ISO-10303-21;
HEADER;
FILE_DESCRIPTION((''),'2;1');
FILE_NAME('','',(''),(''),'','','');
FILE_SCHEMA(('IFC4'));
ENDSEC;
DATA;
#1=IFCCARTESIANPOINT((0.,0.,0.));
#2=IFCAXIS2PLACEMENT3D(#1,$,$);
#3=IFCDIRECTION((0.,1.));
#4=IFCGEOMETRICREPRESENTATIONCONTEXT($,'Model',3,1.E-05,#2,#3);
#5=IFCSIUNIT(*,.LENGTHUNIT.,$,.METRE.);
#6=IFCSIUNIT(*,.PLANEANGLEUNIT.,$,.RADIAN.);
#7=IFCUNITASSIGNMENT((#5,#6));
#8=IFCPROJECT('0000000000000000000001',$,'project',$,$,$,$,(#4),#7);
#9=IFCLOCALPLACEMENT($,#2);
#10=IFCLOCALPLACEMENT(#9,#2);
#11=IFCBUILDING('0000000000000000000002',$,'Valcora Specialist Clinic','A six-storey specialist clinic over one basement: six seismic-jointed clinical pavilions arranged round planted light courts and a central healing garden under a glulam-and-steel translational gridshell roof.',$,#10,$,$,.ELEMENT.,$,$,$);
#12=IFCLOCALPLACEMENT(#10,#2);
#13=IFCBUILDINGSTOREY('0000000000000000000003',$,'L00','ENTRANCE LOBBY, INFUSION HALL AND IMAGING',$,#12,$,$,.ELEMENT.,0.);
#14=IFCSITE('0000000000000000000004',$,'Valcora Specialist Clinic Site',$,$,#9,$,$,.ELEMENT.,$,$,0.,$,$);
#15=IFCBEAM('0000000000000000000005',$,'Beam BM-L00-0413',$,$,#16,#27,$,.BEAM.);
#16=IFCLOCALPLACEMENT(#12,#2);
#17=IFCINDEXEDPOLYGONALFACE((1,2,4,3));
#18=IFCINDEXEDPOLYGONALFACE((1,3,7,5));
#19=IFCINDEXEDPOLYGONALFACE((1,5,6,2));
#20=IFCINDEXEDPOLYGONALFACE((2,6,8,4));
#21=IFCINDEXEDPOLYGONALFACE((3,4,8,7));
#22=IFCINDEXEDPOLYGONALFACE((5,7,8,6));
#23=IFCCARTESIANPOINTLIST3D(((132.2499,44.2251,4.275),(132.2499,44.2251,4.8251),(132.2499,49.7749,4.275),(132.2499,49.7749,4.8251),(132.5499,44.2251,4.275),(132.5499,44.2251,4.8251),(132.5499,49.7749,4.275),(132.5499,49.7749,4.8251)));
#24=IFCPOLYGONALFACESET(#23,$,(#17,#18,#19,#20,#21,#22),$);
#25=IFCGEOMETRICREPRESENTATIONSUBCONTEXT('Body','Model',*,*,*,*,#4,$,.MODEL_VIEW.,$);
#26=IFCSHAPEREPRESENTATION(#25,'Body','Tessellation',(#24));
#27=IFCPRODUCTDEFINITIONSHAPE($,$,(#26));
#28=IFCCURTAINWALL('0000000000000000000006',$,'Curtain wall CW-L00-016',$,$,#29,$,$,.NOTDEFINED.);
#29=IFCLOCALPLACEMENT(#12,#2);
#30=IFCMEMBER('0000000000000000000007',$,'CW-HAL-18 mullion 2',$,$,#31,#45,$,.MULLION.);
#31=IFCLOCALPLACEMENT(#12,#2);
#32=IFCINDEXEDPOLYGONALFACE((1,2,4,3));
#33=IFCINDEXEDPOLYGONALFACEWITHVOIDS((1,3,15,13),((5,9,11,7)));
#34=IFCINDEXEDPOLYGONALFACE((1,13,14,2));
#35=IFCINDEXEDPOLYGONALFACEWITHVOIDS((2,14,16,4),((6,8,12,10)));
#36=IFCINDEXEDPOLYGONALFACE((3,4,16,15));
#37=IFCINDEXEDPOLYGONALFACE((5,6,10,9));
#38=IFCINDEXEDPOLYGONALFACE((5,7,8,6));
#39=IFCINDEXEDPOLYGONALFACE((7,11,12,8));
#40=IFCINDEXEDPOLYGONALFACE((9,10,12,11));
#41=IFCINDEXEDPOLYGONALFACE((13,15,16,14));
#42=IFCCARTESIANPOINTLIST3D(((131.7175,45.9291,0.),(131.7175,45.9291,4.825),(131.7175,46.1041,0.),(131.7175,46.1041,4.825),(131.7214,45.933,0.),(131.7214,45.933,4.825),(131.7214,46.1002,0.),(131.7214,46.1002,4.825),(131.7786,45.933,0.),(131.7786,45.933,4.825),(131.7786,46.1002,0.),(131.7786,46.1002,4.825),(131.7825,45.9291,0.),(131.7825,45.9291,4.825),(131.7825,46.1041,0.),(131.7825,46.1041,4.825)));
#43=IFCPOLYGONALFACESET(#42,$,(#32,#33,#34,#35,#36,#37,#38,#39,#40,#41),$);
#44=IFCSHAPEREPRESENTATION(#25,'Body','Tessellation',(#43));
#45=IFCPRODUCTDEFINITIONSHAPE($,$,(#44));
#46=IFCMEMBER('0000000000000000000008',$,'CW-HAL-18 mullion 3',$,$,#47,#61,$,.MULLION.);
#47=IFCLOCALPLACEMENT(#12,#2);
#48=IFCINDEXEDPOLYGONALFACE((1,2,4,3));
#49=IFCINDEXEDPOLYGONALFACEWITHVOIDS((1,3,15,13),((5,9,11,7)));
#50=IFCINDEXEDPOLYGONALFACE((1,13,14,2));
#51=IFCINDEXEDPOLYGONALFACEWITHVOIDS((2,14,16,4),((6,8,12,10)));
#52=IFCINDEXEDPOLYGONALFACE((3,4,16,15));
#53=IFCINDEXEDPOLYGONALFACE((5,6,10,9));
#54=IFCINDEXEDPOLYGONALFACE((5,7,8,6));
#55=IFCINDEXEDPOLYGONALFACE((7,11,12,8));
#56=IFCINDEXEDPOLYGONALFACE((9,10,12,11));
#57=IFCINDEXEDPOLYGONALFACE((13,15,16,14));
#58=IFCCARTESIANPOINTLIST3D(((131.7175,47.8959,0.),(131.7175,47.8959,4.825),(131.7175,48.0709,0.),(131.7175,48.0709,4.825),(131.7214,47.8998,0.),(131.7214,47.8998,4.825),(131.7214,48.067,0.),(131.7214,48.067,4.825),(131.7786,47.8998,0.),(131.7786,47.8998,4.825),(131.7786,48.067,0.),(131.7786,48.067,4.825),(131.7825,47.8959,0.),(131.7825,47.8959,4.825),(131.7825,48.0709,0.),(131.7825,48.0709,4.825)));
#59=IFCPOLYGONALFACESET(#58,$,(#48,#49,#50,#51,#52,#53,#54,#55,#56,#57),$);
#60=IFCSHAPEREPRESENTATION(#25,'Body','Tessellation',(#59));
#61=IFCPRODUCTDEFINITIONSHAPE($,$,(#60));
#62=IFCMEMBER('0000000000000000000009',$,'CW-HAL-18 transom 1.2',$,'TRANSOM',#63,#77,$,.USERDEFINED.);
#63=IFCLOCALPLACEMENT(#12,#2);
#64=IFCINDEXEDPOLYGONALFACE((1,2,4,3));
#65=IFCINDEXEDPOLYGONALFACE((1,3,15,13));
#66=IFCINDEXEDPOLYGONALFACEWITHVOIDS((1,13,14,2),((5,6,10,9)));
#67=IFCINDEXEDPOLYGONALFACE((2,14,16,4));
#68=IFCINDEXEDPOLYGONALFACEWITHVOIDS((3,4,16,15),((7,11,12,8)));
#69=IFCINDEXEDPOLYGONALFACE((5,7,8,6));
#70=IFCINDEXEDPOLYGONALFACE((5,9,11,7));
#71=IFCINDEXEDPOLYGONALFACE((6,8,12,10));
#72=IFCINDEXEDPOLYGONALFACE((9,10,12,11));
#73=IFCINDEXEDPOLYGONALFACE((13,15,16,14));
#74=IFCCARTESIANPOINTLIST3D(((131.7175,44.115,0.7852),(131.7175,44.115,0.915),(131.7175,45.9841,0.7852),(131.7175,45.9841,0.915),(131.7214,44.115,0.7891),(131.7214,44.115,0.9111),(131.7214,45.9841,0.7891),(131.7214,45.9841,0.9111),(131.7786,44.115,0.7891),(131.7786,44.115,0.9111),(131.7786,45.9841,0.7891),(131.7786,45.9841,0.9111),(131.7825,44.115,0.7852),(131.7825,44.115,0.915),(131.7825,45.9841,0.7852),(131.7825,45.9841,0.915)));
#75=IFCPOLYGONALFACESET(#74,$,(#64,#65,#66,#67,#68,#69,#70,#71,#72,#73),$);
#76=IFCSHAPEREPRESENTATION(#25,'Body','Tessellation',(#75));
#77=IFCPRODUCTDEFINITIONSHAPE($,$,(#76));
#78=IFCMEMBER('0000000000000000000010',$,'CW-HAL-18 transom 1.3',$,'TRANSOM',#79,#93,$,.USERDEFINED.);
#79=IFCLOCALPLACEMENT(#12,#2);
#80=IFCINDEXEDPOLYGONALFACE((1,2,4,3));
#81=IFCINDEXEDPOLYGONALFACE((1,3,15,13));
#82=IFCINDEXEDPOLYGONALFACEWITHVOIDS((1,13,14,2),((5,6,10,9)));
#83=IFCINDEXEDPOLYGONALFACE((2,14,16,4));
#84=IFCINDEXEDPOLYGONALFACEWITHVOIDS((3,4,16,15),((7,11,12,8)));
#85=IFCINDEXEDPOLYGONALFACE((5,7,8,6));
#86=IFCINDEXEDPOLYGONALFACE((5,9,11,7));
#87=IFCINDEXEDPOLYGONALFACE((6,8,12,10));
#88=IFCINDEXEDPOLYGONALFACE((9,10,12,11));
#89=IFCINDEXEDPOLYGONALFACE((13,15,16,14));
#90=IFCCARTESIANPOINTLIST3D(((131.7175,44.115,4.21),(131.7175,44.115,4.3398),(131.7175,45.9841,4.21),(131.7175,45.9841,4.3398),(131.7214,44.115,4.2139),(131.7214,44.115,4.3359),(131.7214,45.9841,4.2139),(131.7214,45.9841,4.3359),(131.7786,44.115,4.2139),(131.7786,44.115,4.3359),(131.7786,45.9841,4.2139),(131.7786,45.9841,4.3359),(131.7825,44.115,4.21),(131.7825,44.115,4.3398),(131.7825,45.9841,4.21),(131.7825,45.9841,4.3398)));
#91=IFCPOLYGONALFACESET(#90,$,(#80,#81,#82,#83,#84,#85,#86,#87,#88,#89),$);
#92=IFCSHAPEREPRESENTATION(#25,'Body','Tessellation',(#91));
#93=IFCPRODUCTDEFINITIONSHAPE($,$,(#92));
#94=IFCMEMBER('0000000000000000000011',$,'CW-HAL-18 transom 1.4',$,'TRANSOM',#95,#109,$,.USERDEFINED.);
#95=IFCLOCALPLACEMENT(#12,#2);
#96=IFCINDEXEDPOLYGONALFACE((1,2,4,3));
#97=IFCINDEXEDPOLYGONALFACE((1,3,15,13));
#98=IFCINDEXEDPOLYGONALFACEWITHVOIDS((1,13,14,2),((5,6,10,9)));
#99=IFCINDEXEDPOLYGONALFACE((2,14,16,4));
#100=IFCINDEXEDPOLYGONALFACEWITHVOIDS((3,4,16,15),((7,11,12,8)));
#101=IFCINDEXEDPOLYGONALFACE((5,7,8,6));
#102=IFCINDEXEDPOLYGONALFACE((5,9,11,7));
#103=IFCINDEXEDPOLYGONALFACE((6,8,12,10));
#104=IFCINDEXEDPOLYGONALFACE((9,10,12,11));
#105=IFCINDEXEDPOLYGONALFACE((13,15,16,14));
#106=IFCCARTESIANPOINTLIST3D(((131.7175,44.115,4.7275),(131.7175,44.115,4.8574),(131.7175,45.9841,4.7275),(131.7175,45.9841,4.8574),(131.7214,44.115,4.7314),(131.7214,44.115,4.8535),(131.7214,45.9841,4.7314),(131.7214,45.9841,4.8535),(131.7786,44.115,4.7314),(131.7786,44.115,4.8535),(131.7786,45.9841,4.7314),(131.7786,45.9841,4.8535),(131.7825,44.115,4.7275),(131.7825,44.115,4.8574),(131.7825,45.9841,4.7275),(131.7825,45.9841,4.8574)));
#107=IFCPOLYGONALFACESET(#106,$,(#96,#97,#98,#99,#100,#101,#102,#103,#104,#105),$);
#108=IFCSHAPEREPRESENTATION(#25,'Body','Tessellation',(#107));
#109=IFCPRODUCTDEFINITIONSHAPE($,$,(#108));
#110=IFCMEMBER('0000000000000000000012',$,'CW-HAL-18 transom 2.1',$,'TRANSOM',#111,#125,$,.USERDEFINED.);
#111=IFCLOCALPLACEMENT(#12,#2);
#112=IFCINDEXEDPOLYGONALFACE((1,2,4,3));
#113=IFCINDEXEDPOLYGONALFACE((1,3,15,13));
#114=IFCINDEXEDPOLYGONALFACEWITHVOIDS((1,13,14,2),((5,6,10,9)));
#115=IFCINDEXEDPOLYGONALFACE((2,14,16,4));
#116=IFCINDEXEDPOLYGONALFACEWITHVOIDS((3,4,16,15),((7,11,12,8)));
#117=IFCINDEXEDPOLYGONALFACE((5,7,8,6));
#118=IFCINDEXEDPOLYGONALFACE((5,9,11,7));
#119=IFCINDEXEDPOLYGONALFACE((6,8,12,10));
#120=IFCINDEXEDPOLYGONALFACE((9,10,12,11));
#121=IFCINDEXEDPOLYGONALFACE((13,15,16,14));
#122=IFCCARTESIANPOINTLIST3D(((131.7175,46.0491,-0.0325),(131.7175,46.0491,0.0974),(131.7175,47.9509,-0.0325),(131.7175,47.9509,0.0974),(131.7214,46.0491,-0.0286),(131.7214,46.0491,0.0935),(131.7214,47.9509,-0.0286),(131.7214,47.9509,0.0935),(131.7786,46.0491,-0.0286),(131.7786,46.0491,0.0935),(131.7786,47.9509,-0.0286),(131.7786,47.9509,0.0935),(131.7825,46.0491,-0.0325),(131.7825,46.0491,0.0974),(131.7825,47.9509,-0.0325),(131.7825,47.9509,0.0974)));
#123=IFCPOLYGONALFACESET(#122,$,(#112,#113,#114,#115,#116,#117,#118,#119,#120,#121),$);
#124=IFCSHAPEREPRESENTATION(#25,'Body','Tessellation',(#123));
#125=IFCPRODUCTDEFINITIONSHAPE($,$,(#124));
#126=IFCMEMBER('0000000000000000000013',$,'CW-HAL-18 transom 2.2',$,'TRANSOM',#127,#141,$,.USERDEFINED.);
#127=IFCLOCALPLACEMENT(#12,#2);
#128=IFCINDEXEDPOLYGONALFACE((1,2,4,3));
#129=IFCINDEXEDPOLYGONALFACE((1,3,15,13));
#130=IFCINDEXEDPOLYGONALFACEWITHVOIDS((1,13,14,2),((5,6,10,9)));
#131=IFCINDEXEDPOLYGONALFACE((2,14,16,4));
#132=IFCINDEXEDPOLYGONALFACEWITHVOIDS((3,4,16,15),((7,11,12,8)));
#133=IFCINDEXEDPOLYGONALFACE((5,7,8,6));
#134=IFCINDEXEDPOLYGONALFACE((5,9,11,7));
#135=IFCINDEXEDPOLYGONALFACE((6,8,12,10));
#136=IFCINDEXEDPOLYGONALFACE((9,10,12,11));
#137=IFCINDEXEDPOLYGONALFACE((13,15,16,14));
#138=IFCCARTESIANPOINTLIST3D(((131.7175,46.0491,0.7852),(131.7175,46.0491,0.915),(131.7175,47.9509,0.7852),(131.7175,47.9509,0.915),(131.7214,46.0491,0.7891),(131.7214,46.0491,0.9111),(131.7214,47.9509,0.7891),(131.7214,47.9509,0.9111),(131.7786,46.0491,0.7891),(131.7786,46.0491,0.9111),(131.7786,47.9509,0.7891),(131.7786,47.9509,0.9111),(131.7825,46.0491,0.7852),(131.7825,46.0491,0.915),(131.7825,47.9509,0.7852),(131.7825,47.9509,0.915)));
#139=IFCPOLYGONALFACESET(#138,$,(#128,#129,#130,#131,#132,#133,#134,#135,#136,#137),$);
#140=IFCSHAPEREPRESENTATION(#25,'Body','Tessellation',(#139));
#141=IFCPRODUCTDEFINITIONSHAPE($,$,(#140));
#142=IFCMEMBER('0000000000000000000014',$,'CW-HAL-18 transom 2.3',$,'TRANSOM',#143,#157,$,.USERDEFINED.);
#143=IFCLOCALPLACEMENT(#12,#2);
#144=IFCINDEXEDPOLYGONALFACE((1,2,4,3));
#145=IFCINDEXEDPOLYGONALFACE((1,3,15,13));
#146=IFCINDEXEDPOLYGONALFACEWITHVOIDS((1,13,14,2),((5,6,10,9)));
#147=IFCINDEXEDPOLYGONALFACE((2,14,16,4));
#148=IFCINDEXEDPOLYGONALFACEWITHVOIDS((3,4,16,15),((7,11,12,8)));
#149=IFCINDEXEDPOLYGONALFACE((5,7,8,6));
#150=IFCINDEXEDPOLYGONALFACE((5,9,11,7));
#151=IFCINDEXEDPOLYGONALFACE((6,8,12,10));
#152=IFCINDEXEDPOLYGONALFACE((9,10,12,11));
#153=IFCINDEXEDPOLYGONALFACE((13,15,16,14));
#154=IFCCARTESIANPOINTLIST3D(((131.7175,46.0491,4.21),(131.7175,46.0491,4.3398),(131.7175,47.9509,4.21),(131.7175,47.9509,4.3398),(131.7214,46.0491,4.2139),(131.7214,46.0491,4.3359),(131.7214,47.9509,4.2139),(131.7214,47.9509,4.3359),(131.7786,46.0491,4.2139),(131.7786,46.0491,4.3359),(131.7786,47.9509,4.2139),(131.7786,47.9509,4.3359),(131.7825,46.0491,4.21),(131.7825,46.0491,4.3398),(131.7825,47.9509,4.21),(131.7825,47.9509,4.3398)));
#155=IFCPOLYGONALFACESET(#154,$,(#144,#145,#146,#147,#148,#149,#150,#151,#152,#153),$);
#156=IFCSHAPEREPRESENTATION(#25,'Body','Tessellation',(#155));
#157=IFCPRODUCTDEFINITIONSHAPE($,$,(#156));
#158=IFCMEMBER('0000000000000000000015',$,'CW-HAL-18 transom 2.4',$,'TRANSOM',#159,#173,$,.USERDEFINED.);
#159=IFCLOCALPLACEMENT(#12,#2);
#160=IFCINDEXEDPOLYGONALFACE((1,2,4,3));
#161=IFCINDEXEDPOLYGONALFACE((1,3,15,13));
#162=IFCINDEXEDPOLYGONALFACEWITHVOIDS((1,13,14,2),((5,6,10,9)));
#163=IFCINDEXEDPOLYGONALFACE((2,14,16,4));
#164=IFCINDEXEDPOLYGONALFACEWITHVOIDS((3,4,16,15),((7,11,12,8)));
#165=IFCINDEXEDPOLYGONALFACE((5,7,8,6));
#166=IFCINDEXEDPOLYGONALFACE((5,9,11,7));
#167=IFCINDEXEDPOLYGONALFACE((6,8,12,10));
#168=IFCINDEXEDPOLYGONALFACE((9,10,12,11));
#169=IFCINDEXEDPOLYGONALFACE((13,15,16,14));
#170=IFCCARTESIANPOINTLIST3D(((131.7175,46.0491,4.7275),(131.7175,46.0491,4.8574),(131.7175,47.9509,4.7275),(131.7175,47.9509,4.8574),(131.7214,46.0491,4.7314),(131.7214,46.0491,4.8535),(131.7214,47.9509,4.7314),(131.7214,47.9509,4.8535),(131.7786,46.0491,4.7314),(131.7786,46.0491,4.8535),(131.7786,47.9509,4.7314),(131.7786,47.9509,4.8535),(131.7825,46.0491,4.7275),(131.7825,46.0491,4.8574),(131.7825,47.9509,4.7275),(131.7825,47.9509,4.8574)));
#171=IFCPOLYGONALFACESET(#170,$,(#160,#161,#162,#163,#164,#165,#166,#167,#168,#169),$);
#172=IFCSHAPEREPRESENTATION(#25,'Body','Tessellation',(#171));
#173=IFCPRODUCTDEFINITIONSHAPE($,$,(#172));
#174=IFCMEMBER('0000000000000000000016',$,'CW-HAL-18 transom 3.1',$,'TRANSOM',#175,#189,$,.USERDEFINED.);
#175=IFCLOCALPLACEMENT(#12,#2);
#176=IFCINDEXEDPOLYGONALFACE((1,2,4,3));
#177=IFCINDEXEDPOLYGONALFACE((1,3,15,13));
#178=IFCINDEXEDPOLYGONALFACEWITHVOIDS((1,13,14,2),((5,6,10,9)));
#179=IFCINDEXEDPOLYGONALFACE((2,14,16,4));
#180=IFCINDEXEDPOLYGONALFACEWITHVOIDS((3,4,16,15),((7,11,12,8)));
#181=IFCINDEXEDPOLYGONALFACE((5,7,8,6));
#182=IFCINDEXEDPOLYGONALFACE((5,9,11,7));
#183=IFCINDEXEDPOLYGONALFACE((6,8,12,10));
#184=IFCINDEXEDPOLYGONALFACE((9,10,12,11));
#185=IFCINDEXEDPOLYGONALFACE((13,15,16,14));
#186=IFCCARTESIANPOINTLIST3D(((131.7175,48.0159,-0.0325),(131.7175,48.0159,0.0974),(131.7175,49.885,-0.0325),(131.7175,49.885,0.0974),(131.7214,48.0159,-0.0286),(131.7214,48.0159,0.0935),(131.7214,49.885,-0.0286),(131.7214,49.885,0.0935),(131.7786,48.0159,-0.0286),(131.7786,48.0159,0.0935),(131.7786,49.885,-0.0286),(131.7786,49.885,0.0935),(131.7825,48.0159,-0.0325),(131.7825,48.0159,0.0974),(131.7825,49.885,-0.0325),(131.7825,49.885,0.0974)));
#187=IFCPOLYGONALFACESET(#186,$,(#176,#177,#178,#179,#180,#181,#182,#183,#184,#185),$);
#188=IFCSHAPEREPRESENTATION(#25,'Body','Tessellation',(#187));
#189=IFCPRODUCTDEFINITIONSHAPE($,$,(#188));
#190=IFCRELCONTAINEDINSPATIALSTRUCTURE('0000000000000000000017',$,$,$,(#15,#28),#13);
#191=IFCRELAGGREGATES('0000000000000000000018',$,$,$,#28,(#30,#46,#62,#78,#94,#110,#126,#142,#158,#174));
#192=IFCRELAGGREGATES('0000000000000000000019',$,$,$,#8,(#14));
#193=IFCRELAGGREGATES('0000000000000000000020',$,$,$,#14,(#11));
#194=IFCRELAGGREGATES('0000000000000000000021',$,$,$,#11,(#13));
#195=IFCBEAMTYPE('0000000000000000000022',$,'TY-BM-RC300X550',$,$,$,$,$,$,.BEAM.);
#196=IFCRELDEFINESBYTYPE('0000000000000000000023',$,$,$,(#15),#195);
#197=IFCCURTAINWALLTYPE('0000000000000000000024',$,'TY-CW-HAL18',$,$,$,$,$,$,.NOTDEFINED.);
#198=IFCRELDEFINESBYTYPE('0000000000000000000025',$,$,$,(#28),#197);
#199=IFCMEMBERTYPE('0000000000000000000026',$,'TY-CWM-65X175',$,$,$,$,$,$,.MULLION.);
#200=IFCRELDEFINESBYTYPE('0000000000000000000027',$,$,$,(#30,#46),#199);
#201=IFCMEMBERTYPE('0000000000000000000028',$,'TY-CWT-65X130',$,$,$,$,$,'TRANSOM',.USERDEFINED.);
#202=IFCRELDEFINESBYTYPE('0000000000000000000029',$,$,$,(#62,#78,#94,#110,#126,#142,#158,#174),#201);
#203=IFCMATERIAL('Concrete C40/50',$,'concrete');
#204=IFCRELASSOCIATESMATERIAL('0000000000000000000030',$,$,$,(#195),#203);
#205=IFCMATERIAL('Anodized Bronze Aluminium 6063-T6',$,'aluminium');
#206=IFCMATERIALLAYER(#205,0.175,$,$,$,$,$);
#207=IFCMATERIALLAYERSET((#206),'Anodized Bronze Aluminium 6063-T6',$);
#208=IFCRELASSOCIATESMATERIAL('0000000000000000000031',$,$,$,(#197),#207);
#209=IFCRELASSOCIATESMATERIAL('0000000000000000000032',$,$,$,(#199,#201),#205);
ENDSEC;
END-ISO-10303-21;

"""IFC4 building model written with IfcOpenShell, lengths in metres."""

from ifc_helpers import new_model, si_unit, direction, frame, origin, origin_2d, place, context, subcontext, project, spatial, rectangle, hollow_rectangle, extrude, material, layer, layer_set, material_profile, profile_set, type_object, element, aggregate, save


model = new_model("IFC4")

# Units and contexts
model_context = context("Model", 3, precision=1e-05, world=origin(), true_north=direction((0.0, 1.0)))
body_context = subcontext(model_context, "Body", "Model", "MODEL_VIEW")
ifc_project = project(units=[si_unit("LENGTHUNIT", "METRE"), si_unit("PLANEANGLEUNIT", "RADIAN")], contexts=[model_context])

# Site, building, storey
site_placement = place(None, origin())
site = spatial("IfcSite", under=ifc_project, at=site_placement, Name="Valcora Specialist Clinic Site", CompositionType="ELEMENT", RefElevation=0.0)
building_placement = place(site_placement, origin())
building = spatial("IfcBuilding", under=site, at=building_placement, Name="Valcora Specialist Clinic", Description="A six-storey specialist clinic over one basement: six seismic-jointed clinical pavilions arranged round planted light courts and a central healing garden under a glulam-and-steel translational gridshell roof.", CompositionType="ELEMENT")
storey_placement = place(building_placement, origin())
storey = spatial("IfcBuildingStorey", under=building, at=storey_placement, Name="L00", Description="ENTRANCE LOBBY, INFUSION HALL AND IMAGING", CompositionType="ELEMENT", Elevation=0.0)

# Beam
ifc_material_1 = material(Name="Concrete C40/50", Category="concrete")
ifc_material_profile_1 = material_profile(ifc_material_1, rectangle(XDim=0.3, YDim=0.55, at=origin_2d()), Name="RC-BM-300X550")
ifc_profile_set_1 = profile_set([ifc_material_profile_1], Name="Concrete C40/50")
beam_type = type_object("IfcBeamType", Name="TY-BM-RC300X550", PredefinedType="BEAM", material=ifc_profile_set_1)
beam_placement = place(storey_placement, frame((132.3999, 44.2251, 4.55), z_axis=(0.0, 1.0, 0.0), x_axis=(-1.0, 0.0, 0.0)))
element("IfcBeam", 1, at=beam_placement, inside=storey, type_object=beam_type, Name="Beam BM-L00-0413", PredefinedType="BEAM", context=body_context, shape_type="SweptSolid", body=[
    extrude(rectangle(XDim=0.3, YDim=0.55, at=origin_2d()), origin(), (0.0, 0.0, 1.0), 5.5498),
])

# Curtain wall, members
ifc_material_2 = material(Name="Anodized Bronze Aluminium 6063-T6", Category="aluminium")
ifc_layer_1 = layer(ifc_material_2, 0.175)
ifc_layer_set_1 = layer_set([ifc_layer_1], Name="Anodized Bronze Aluminium 6063-T6")
curtain_wall_type = type_object("IfcCurtainWallType", Name="TY-CW-HAL18", PredefinedType="NOTDEFINED", material=ifc_layer_set_1)
curtain_wall_placement = place(storey_placement, origin())
curtain_wall = element("IfcCurtainWall", 2, at=curtain_wall_placement, inside=storey, type_object=curtain_wall_type, Name="Curtain wall CW-L00-016", PredefinedType="NOTDEFINED")
ifc_material_profile_2 = material_profile(ifc_material_2, hollow_rectangle(XDim=0.0649, YDim=0.175, WallThickness=0.0039, at=origin_2d()), Name="AL-MUL-65X175")
ifc_profile_set_2 = profile_set([ifc_material_profile_2], Name="Anodized Bronze Aluminium 6063-T6")
member_type_1 = type_object("IfcMemberType", Name="TY-CWM-65X175", PredefinedType="MULLION", material=ifc_profile_set_2)
member_1_placement = place(storey_placement, frame((131.75, 46.0166, 0.0), z_axis=(0.0, 0.0, 1.0), x_axis=(-1.0, 0.0, 0.0)))
member_1 = element("IfcMember", 3, at=member_1_placement, type_object=member_type_1, Name="CW-HAL-18 mullion 2", PredefinedType="MULLION", context=body_context, shape_type="SweptSolid", body=[
    extrude(hollow_rectangle(XDim=0.0649, YDim=0.175, WallThickness=0.0039, at=origin_2d()), origin(), (0.0, 0.0, 1.0), 4.825),
])
member_2_placement = place(storey_placement, frame((131.75, 47.9834, 0.0), z_axis=(0.0, 0.0, 1.0), x_axis=(-1.0, 0.0, 0.0)))
member_2 = element("IfcMember", 4, at=member_2_placement, type_object=member_type_1, Name="CW-HAL-18 mullion 3", PredefinedType="MULLION", context=body_context, shape_type="SweptSolid", body=[
    extrude(hollow_rectangle(XDim=0.0649, YDim=0.175, WallThickness=0.0039, at=origin_2d()), origin(), (0.0, 0.0, 1.0), 4.825),
])
ifc_material_profile_3 = material_profile(ifc_material_2, hollow_rectangle(XDim=0.0649, YDim=0.1299, WallThickness=0.0039, at=origin_2d()), Name="AL-TRN-65X130")
ifc_profile_set_3 = profile_set([ifc_material_profile_3], Name="Anodized Bronze Aluminium 6063-T6")
member_type_2 = type_object("IfcMemberType", Name="TY-CWT-65X130", ElementType="TRANSOM", PredefinedType="USERDEFINED", material=ifc_profile_set_3)
member_3_placement = place(storey_placement, frame((131.75, 44.115, 0.8501), z_axis=(0.0, 1.0, 0.0), x_axis=(-1.0, 0.0, 0.0)))
member_3 = element("IfcMember", 5, at=member_3_placement, type_object=member_type_2, Name="CW-HAL-18 transom 1.2", ObjectType="TRANSOM", PredefinedType="USERDEFINED", context=body_context, shape_type="SweptSolid", body=[
    extrude(hollow_rectangle(XDim=0.0649, YDim=0.1299, WallThickness=0.0039, at=origin_2d()), origin(), (0.0, 0.0, 1.0), 1.8691),
])
member_4_placement = place(storey_placement, frame((131.75, 44.115, 4.2749), z_axis=(0.0, 1.0, 0.0), x_axis=(-1.0, 0.0, 0.0)))
member_4 = element("IfcMember", 6, at=member_4_placement, type_object=member_type_2, Name="CW-HAL-18 transom 1.3", ObjectType="TRANSOM", PredefinedType="USERDEFINED", context=body_context, shape_type="SweptSolid", body=[
    extrude(hollow_rectangle(XDim=0.0649, YDim=0.1299, WallThickness=0.0039, at=origin_2d()), origin(), (0.0, 0.0, 1.0), 1.8691),
])
member_5_placement = place(storey_placement, frame((131.75, 44.115, 4.7925), z_axis=(0.0, 1.0, 0.0), x_axis=(-1.0, 0.0, 0.0)))
member_5 = element("IfcMember", 7, at=member_5_placement, type_object=member_type_2, Name="CW-HAL-18 transom 1.4", ObjectType="TRANSOM", PredefinedType="USERDEFINED", context=body_context, shape_type="SweptSolid", body=[
    extrude(hollow_rectangle(XDim=0.0649, YDim=0.1299, WallThickness=0.0039, at=origin_2d()), origin(), (0.0, 0.0, 1.0), 1.8691),
])
member_6_placement = place(storey_placement, frame((131.75, 46.0491, 0.0325), z_axis=(0.0, 1.0, 0.0), x_axis=(-1.0, 0.0, 0.0)))
member_6 = element("IfcMember", 8, at=member_6_placement, type_object=member_type_2, Name="CW-HAL-18 transom 2.1", ObjectType="TRANSOM", PredefinedType="USERDEFINED", context=body_context, shape_type="SweptSolid", body=[
    extrude(hollow_rectangle(XDim=0.0649, YDim=0.1299, WallThickness=0.0039, at=origin_2d()), origin(), (0.0, 0.0, 1.0), 1.9019),
])
member_7_placement = place(storey_placement, frame((131.75, 46.0491, 0.8501), z_axis=(0.0, 1.0, 0.0), x_axis=(-1.0, 0.0, 0.0)))
member_7 = element("IfcMember", 9, at=member_7_placement, type_object=member_type_2, Name="CW-HAL-18 transom 2.2", ObjectType="TRANSOM", PredefinedType="USERDEFINED", context=body_context, shape_type="SweptSolid", body=[
    extrude(hollow_rectangle(XDim=0.0649, YDim=0.1299, WallThickness=0.0039, at=origin_2d()), origin(), (0.0, 0.0, 1.0), 1.9019),
])
member_8_placement = place(storey_placement, frame((131.75, 46.0491, 4.2749), z_axis=(0.0, 1.0, 0.0), x_axis=(-1.0, 0.0, 0.0)))
member_8 = element("IfcMember", 10, at=member_8_placement, type_object=member_type_2, Name="CW-HAL-18 transom 2.3", ObjectType="TRANSOM", PredefinedType="USERDEFINED", context=body_context, shape_type="SweptSolid", body=[
    extrude(hollow_rectangle(XDim=0.0649, YDim=0.1299, WallThickness=0.0039, at=origin_2d()), origin(), (0.0, 0.0, 1.0), 1.9019),
])
member_9_placement = place(storey_placement, frame((131.75, 46.0491, 4.7925), z_axis=(0.0, 1.0, 0.0), x_axis=(-1.0, 0.0, 0.0)))
member_9 = element("IfcMember", 11, at=member_9_placement, type_object=member_type_2, Name="CW-HAL-18 transom 2.4", ObjectType="TRANSOM", PredefinedType="USERDEFINED", context=body_context, shape_type="SweptSolid", body=[
    extrude(hollow_rectangle(XDim=0.0649, YDim=0.1299, WallThickness=0.0039, at=origin_2d()), origin(), (0.0, 0.0, 1.0), 1.9019),
])
member_10_placement = place(storey_placement, frame((131.75, 48.0159, 0.0325), z_axis=(0.0, 1.0, 0.0), x_axis=(-1.0, 0.0, 0.0)))
member_10 = element("IfcMember", 12, at=member_10_placement, type_object=member_type_2, Name="CW-HAL-18 transom 3.1", ObjectType="TRANSOM", PredefinedType="USERDEFINED", context=body_context, shape_type="SweptSolid", body=[
    extrude(hollow_rectangle(XDim=0.0649, YDim=0.1299, WallThickness=0.0039, at=origin_2d()), origin(), (0.0, 0.0, 1.0), 1.8691),
])
aggregate(curtain_wall, [member_1, member_2, member_3, member_4, member_5, member_6, member_7, member_8, member_9, member_10])

save(model, "model.ifc")
